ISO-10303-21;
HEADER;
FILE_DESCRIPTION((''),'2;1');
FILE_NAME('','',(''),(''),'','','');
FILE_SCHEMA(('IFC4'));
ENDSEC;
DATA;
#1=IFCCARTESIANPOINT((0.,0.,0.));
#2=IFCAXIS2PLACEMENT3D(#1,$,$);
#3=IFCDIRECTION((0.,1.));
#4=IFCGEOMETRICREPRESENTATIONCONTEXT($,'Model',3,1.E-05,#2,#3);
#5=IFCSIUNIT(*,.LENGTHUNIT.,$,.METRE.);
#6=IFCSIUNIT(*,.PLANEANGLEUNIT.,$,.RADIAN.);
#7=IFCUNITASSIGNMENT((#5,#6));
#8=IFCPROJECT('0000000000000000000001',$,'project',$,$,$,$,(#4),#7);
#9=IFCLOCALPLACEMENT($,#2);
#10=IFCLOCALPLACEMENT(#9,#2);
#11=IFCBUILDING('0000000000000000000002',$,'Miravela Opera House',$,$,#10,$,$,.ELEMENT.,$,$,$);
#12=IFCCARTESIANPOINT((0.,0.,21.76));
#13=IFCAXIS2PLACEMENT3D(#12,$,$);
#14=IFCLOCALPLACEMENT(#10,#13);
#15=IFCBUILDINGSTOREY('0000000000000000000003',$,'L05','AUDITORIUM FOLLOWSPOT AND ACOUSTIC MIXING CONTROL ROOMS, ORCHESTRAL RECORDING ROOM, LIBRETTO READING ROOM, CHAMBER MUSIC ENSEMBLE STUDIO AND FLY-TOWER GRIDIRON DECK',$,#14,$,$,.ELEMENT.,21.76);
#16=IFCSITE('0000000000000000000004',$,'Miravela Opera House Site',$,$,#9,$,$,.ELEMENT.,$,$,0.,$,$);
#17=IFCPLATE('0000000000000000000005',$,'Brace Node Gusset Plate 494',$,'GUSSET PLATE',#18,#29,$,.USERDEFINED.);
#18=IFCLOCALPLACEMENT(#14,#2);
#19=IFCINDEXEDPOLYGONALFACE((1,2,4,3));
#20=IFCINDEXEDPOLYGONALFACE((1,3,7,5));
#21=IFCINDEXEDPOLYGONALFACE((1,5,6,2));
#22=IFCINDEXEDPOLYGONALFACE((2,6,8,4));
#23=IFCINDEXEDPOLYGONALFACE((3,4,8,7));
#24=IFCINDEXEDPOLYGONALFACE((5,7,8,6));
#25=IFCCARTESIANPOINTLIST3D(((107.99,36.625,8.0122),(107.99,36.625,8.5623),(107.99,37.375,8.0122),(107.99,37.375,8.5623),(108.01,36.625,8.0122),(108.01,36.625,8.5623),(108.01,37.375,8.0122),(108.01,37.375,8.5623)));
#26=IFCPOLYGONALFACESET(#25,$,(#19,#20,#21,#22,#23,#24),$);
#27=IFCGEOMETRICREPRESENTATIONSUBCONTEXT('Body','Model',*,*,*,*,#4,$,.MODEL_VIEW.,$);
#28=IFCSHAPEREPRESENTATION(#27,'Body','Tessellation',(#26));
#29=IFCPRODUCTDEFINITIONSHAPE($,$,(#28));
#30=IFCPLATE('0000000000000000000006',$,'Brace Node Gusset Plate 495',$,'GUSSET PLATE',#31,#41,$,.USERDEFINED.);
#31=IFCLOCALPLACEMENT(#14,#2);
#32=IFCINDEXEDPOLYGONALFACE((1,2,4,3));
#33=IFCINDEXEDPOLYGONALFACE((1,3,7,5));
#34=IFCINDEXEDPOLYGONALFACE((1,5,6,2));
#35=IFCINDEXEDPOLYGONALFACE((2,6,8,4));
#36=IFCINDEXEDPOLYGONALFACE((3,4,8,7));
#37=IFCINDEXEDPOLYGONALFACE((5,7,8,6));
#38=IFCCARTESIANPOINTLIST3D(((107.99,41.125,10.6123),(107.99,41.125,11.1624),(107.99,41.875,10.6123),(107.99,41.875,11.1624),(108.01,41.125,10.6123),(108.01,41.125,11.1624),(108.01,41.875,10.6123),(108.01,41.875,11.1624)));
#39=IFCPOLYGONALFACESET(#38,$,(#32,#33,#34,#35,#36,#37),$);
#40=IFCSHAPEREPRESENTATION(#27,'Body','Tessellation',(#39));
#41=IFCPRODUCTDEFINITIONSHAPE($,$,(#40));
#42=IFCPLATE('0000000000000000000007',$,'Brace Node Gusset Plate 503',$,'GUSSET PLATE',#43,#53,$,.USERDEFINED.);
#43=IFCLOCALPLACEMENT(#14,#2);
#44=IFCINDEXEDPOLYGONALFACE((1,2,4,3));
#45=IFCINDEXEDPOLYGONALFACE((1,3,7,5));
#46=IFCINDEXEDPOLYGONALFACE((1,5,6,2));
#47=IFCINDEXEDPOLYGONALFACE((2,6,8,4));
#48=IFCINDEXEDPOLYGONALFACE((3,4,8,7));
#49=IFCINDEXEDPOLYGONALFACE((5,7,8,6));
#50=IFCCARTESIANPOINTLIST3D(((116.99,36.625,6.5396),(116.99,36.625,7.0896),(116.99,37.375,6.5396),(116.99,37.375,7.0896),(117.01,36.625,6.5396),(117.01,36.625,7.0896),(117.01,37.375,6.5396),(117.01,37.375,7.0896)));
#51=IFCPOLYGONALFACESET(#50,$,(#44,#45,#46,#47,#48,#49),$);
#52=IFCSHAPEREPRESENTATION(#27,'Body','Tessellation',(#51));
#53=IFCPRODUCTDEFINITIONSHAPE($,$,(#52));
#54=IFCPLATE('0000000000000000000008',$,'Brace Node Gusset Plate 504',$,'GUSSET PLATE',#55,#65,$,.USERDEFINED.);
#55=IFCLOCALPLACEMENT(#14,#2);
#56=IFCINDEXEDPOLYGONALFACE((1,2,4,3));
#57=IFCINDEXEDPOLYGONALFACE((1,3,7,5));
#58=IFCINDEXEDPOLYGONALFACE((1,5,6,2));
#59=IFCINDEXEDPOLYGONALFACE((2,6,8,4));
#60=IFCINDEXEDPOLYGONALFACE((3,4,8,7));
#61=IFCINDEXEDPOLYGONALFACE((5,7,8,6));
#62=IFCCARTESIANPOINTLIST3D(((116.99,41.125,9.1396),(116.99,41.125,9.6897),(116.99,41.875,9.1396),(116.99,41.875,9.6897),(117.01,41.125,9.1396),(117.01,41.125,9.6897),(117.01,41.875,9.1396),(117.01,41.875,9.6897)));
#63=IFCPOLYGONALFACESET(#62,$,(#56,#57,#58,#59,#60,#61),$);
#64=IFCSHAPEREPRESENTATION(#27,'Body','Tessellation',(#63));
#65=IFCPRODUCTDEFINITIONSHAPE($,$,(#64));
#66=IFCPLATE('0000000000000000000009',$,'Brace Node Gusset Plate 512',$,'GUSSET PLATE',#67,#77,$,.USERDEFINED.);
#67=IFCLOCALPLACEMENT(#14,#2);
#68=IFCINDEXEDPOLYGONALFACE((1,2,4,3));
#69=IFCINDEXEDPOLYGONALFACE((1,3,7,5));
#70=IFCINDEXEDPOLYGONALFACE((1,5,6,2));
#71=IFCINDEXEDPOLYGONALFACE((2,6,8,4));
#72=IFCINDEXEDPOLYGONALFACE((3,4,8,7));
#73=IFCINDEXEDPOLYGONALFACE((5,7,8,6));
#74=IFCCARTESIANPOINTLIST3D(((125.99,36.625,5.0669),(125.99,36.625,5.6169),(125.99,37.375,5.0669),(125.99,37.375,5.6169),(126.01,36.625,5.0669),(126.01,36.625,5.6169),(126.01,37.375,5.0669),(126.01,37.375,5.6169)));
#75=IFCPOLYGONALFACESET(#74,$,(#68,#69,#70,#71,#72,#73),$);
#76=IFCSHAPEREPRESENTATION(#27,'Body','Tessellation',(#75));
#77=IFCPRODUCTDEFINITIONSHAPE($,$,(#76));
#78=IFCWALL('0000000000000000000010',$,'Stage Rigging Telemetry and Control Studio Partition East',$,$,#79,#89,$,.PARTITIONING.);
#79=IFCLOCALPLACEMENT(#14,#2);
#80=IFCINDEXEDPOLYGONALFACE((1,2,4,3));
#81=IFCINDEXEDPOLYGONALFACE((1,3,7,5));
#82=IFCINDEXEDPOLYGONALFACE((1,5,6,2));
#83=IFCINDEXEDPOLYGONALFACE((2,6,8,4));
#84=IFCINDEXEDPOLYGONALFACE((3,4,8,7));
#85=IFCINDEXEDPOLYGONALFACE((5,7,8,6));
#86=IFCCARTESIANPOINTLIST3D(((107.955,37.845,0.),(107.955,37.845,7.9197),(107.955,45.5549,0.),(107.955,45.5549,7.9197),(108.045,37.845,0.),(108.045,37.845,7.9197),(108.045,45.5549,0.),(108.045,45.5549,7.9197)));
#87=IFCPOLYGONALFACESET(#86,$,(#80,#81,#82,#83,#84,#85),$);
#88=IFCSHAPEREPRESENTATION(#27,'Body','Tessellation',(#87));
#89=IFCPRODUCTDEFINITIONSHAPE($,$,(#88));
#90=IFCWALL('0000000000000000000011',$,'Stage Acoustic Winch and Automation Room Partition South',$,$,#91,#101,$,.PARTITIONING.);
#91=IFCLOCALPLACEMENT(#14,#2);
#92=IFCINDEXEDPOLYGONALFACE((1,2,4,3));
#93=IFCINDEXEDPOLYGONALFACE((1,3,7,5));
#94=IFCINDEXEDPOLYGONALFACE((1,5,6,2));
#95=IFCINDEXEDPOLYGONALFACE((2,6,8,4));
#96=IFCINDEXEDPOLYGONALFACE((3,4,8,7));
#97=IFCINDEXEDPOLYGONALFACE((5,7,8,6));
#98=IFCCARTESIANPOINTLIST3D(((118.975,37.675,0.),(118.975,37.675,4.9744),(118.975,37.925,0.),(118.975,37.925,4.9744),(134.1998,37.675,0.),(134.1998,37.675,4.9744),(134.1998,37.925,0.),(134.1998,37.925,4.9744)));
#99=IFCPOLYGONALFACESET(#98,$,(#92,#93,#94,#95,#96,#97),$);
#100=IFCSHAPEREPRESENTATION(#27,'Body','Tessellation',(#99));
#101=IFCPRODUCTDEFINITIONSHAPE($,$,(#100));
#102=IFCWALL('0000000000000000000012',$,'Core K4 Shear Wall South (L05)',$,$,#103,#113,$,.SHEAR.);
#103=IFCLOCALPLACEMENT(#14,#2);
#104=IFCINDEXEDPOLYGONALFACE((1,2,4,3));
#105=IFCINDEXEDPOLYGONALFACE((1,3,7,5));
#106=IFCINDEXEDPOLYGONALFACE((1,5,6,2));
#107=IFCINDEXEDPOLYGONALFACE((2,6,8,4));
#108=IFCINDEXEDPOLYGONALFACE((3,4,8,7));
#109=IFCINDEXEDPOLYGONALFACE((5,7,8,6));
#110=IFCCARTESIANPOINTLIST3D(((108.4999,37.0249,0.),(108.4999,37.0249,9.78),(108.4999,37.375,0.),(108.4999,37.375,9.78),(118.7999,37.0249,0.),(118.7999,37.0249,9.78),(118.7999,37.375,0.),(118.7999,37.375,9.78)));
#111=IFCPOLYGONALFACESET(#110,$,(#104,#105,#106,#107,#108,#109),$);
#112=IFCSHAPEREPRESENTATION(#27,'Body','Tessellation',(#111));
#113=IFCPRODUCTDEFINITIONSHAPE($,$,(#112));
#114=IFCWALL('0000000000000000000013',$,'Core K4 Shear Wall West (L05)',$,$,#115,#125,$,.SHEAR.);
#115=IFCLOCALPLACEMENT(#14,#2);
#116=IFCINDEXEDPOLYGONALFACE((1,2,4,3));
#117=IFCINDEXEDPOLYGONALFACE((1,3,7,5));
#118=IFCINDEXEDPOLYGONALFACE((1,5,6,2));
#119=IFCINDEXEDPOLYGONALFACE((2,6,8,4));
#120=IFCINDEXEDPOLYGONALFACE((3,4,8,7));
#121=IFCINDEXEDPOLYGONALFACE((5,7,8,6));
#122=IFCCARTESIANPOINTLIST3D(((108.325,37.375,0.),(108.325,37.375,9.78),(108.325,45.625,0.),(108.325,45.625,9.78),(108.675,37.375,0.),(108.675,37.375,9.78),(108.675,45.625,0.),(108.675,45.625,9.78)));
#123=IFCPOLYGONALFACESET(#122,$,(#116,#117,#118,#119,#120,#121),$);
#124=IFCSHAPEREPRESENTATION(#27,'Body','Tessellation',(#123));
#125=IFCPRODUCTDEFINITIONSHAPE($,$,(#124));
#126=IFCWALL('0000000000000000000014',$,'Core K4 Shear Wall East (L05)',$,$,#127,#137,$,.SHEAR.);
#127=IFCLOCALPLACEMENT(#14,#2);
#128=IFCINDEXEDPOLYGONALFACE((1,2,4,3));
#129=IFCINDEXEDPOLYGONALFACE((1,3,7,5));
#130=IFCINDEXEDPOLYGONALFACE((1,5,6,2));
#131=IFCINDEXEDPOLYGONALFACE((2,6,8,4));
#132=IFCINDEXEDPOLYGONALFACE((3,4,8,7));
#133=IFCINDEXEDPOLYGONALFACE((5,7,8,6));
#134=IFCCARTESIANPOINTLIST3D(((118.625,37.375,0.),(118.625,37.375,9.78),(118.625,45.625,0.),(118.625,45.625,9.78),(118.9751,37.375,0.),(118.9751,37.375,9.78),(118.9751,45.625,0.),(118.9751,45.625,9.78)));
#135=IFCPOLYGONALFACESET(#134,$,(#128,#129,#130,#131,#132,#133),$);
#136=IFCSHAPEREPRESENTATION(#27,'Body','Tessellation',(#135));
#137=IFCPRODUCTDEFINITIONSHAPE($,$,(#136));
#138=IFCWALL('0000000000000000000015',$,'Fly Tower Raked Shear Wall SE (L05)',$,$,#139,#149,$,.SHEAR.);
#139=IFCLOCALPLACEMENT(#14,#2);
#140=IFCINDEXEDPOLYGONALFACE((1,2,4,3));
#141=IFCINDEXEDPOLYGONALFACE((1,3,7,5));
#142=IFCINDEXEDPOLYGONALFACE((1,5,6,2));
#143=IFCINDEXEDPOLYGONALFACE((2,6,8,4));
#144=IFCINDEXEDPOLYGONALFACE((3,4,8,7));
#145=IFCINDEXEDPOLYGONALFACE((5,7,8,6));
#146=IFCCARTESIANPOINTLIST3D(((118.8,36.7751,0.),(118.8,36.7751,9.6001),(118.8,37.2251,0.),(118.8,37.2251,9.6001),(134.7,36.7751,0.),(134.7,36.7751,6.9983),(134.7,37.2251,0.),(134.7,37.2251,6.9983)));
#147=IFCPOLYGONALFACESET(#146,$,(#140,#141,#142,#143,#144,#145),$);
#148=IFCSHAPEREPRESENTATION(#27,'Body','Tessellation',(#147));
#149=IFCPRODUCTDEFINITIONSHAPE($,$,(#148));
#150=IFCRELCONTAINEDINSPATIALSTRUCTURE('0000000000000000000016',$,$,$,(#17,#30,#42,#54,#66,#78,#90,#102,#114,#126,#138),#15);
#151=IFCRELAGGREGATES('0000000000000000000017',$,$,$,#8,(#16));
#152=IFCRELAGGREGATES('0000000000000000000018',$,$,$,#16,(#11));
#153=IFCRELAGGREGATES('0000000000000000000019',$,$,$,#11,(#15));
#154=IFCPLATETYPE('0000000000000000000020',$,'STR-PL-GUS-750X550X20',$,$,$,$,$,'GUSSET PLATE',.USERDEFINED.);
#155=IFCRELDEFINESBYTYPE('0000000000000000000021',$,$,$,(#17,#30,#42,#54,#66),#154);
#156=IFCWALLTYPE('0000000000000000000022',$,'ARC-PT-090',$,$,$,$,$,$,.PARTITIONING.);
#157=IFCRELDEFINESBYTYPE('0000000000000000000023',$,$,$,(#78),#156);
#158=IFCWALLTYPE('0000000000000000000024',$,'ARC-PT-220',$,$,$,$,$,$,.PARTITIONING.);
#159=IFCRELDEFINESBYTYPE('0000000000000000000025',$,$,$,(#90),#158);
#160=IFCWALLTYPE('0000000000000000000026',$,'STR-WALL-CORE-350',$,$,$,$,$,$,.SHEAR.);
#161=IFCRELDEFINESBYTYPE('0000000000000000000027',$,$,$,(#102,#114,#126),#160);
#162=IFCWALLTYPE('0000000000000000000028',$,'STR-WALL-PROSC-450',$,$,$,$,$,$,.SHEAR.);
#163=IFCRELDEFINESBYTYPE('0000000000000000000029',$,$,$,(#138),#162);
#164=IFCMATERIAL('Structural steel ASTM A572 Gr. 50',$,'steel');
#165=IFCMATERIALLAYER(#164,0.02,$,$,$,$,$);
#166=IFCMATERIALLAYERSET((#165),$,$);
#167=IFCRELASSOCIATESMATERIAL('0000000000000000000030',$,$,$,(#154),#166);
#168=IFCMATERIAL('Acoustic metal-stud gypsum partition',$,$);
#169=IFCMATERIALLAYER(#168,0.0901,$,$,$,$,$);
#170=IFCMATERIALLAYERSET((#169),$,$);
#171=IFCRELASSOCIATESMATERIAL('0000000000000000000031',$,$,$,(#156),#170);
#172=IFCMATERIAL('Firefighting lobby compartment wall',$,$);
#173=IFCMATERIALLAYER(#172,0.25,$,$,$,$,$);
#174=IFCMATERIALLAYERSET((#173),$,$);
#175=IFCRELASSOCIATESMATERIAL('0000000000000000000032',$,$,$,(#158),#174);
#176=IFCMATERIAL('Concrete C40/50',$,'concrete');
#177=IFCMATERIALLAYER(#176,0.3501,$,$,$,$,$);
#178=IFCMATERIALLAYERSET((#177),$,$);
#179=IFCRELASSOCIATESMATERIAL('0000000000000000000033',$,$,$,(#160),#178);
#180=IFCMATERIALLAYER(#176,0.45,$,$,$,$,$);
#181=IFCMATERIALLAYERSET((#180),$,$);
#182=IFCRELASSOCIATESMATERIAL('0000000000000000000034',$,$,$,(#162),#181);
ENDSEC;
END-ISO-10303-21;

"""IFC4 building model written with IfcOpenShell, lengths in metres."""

from ifc_helpers import new_model, si_unit, direction, frame, frame_2d, origin, origin_2d, place, context, subcontext, project, spatial, polyline, rectangle, outline, extrude, material, layer, layer_set, type_object, element, save


model = new_model("IFC4")

# Units and contexts
model_context = context("Model", 3, precision=1e-05, world=origin(), true_north=direction((0.0, 1.0)))
body_context = subcontext(model_context, "Body", "Model", "MODEL_VIEW")
ifc_project = project(units=[si_unit("LENGTHUNIT", "METRE"), si_unit("PLANEANGLEUNIT", "RADIAN")], contexts=[model_context])

# Site, building, storey
site_placement = place(None, origin())
site = spatial("IfcSite", under=ifc_project, at=site_placement, Name="Miravela Opera House Site", CompositionType="ELEMENT", RefElevation=0.0)
building_placement = place(site_placement, origin())
building = spatial("IfcBuilding", under=site, at=building_placement, Name="Miravela Opera House", CompositionType="ELEMENT")
storey_placement = place(building_placement, frame((0.0, 0.0, 21.76)))
storey = spatial("IfcBuildingStorey", under=building, at=storey_placement, Name="L05", Description="AUDITORIUM FOLLOWSPOT AND ACOUSTIC MIXING CONTROL ROOMS, ORCHESTRAL RECORDING ROOM, LIBRETTO READING ROOM, CHAMBER MUSIC ENSEMBLE STUDIO AND FLY-TOWER GRIDIRON DECK", CompositionType="ELEMENT", Elevation=21.76)

# Plates
ifc_material_1 = material(Name="Structural steel ASTM A572 Gr. 50", Category="steel")
ifc_layer_1 = layer(ifc_material_1, 0.02)
ifc_layer_set_1 = layer_set([ifc_layer_1])
plate_type = type_object("IfcPlateType", Name="STR-PL-GUS-750X550X20", ElementType="GUSSET PLATE", PredefinedType="USERDEFINED", material=ifc_layer_set_1)
for number, where, z_axis, x_axis, name in (
    (1, (108.0, 37.0, 8.0122), (0.0, 0.0, 1.0), (0.0, 1.0, 0.0), "Brace Node Gusset Plate 494"),
    (2, (108.0, 41.5, 10.6123), (0.0, 0.0, 1.0), (0.0, 1.0, 0.0), "Brace Node Gusset Plate 495"),
    (3, (117.0, 37.0, 6.5396), (0.0, 0.0, 1.0), (0.0, 1.0, 0.0), "Brace Node Gusset Plate 503"),
    (4, (117.0, 41.5, 9.1396), (0.0, 0.0, 1.0), (0.0, 1.0, 0.0), "Brace Node Gusset Plate 504"),
    (5, (126.0, 37.0, 5.0669), (0.0, 0.0, 1.0), (0.0, 1.0, 0.0), "Brace Node Gusset Plate 512"),
):
    element("IfcPlate", number, at=place(storey_placement, frame(where, z_axis=z_axis, x_axis=x_axis)), inside=storey, type_object=plate_type, Name=name, ObjectType="GUSSET PLATE", PredefinedType="USERDEFINED", context=body_context, shape_type="SweptSolid", body=[
        extrude(rectangle(XDim=0.75, YDim=0.02, at=origin_2d()), origin(), (0.0, 0.0, 1.0), 0.55),
    ])

# Walls
ifc_material_2 = material(Name="Acoustic metal-stud gypsum partition")
ifc_layer_2 = layer(ifc_material_2, 0.0901)
ifc_layer_set_2 = layer_set([ifc_layer_2])
wall_type_1 = type_object("IfcWallType", Name="ARC-PT-090", PredefinedType="PARTITIONING", material=ifc_layer_set_2)
wall_1_placement = place(storey_placement, frame((108.0, 37.845, 0.0), z_axis=(0.0, 0.0, 1.0), x_axis=(0.0, 1.0, 0.0)))
element("IfcWall", 6, at=wall_1_placement, inside=storey, type_object=wall_type_1, Name="Stage Rigging Telemetry and Control Studio Partition East", PredefinedType="PARTITIONING", context=body_context, shape_type="SweptSolid", body=[
    extrude(rectangle(XDim=7.71, YDim=0.0901, at=frame_2d((3.855, 0.0))), origin(), (0.0, 0.0, 1.0), 7.9197),
])
ifc_material_3 = material(Name="Firefighting lobby compartment wall")
ifc_layer_3 = layer(ifc_material_3, 0.25)
ifc_layer_set_3 = layer_set([ifc_layer_3])
wall_type_2 = type_object("IfcWallType", Name="ARC-PT-220", PredefinedType="PARTITIONING", material=ifc_layer_set_3)
wall_2_placement = place(storey_placement, frame((118.9751, 37.8, 0.0), z_axis=(0.0, 0.0, 1.0), x_axis=(1.0, 0.0, 0.0)))
element("IfcWall", 7, at=wall_2_placement, inside=storey, type_object=wall_type_2, Name="Stage Acoustic Winch and Automation Room Partition South", PredefinedType="PARTITIONING", context=body_context, shape_type="SweptSolid", body=[
    extrude(rectangle(XDim=15.2249, YDim=0.25, at=frame_2d((7.6123, 0.0))), origin(), (0.0, 0.0, 1.0), 4.9744),
])
ifc_material_4 = material(Name="Concrete C40/50", Category="concrete")
ifc_layer_4 = layer(ifc_material_4, 0.3501)
ifc_layer_set_4 = layer_set([ifc_layer_4])
wall_type_3 = type_object("IfcWallType", Name="STR-WALL-CORE-350", PredefinedType="SHEAR", material=ifc_layer_set_4)
wall_3_placement = place(storey_placement, frame((108.5, 37.2, 0.0), z_axis=(0.0, 0.0, 1.0), x_axis=(1.0, 0.0, 0.0)))
element("IfcWall", 8, at=wall_3_placement, inside=storey, type_object=wall_type_3, Name="Core K4 Shear Wall South (L05)", PredefinedType="SHEAR", context=body_context, shape_type="SweptSolid", body=[
    extrude(rectangle(XDim=10.3, YDim=0.3501, at=frame_2d((5.1499, 0.0))), origin(), (0.0, 0.0, 1.0), 9.78),
])
for number, where, z_axis, x_axis, name in (
    (9, (108.5, 37.375, 0.0), (0.0, 0.0, 1.0), (0.0, 1.0, 0.0), "Core K4 Shear Wall West (L05)"),
    (10, (118.8, 37.375, 0.0), (0.0, 0.0, 1.0), (0.0, 1.0, 0.0), "Core K4 Shear Wall East (L05)"),
):
    element("IfcWall", number, at=place(storey_placement, frame(where, z_axis=z_axis, x_axis=x_axis)), inside=storey, type_object=wall_type_3, Name=name, PredefinedType="SHEAR", context=body_context, shape_type="SweptSolid", body=[
        extrude(rectangle(XDim=8.25, YDim=0.3501, at=frame_2d((4.125, 0.0))), origin(), (0.0, 0.0, 1.0), 9.78),
    ])
ifc_layer_5 = layer(ifc_material_4, 0.45)
ifc_layer_set_5 = layer_set([ifc_layer_5])
wall_type_4 = type_object("IfcWallType", Name="STR-WALL-PROSC-450", PredefinedType="SHEAR", material=ifc_layer_set_5)
wall_4_placement = place(storey_placement, frame((118.8, 37.0, 0.0), z_axis=(0.0, 0.0, 1.0), x_axis=(1.0, 0.0, 0.0)))
element("IfcWall", 11, at=wall_4_placement, inside=storey, type_object=wall_type_4, Name="Fly Tower Raked Shear Wall SE (L05)", PredefinedType="SHEAR", context=body_context, shape_type="SweptSolid", body=[
    extrude(outline(polyline([(0.0, 0.0), (15.8999, 0.0), (15.8999, 6.9983), (0.0, 9.6001), (0.0, 0.0)])), frame((0.0, 0.2251, 0.0), z_axis=(0.0, -1.0, 0.0), x_axis=(1.0, 0.0, 0.0)), (0.0, 0.0, 1.0), 0.45),
])

save(model, "model.ifc")
